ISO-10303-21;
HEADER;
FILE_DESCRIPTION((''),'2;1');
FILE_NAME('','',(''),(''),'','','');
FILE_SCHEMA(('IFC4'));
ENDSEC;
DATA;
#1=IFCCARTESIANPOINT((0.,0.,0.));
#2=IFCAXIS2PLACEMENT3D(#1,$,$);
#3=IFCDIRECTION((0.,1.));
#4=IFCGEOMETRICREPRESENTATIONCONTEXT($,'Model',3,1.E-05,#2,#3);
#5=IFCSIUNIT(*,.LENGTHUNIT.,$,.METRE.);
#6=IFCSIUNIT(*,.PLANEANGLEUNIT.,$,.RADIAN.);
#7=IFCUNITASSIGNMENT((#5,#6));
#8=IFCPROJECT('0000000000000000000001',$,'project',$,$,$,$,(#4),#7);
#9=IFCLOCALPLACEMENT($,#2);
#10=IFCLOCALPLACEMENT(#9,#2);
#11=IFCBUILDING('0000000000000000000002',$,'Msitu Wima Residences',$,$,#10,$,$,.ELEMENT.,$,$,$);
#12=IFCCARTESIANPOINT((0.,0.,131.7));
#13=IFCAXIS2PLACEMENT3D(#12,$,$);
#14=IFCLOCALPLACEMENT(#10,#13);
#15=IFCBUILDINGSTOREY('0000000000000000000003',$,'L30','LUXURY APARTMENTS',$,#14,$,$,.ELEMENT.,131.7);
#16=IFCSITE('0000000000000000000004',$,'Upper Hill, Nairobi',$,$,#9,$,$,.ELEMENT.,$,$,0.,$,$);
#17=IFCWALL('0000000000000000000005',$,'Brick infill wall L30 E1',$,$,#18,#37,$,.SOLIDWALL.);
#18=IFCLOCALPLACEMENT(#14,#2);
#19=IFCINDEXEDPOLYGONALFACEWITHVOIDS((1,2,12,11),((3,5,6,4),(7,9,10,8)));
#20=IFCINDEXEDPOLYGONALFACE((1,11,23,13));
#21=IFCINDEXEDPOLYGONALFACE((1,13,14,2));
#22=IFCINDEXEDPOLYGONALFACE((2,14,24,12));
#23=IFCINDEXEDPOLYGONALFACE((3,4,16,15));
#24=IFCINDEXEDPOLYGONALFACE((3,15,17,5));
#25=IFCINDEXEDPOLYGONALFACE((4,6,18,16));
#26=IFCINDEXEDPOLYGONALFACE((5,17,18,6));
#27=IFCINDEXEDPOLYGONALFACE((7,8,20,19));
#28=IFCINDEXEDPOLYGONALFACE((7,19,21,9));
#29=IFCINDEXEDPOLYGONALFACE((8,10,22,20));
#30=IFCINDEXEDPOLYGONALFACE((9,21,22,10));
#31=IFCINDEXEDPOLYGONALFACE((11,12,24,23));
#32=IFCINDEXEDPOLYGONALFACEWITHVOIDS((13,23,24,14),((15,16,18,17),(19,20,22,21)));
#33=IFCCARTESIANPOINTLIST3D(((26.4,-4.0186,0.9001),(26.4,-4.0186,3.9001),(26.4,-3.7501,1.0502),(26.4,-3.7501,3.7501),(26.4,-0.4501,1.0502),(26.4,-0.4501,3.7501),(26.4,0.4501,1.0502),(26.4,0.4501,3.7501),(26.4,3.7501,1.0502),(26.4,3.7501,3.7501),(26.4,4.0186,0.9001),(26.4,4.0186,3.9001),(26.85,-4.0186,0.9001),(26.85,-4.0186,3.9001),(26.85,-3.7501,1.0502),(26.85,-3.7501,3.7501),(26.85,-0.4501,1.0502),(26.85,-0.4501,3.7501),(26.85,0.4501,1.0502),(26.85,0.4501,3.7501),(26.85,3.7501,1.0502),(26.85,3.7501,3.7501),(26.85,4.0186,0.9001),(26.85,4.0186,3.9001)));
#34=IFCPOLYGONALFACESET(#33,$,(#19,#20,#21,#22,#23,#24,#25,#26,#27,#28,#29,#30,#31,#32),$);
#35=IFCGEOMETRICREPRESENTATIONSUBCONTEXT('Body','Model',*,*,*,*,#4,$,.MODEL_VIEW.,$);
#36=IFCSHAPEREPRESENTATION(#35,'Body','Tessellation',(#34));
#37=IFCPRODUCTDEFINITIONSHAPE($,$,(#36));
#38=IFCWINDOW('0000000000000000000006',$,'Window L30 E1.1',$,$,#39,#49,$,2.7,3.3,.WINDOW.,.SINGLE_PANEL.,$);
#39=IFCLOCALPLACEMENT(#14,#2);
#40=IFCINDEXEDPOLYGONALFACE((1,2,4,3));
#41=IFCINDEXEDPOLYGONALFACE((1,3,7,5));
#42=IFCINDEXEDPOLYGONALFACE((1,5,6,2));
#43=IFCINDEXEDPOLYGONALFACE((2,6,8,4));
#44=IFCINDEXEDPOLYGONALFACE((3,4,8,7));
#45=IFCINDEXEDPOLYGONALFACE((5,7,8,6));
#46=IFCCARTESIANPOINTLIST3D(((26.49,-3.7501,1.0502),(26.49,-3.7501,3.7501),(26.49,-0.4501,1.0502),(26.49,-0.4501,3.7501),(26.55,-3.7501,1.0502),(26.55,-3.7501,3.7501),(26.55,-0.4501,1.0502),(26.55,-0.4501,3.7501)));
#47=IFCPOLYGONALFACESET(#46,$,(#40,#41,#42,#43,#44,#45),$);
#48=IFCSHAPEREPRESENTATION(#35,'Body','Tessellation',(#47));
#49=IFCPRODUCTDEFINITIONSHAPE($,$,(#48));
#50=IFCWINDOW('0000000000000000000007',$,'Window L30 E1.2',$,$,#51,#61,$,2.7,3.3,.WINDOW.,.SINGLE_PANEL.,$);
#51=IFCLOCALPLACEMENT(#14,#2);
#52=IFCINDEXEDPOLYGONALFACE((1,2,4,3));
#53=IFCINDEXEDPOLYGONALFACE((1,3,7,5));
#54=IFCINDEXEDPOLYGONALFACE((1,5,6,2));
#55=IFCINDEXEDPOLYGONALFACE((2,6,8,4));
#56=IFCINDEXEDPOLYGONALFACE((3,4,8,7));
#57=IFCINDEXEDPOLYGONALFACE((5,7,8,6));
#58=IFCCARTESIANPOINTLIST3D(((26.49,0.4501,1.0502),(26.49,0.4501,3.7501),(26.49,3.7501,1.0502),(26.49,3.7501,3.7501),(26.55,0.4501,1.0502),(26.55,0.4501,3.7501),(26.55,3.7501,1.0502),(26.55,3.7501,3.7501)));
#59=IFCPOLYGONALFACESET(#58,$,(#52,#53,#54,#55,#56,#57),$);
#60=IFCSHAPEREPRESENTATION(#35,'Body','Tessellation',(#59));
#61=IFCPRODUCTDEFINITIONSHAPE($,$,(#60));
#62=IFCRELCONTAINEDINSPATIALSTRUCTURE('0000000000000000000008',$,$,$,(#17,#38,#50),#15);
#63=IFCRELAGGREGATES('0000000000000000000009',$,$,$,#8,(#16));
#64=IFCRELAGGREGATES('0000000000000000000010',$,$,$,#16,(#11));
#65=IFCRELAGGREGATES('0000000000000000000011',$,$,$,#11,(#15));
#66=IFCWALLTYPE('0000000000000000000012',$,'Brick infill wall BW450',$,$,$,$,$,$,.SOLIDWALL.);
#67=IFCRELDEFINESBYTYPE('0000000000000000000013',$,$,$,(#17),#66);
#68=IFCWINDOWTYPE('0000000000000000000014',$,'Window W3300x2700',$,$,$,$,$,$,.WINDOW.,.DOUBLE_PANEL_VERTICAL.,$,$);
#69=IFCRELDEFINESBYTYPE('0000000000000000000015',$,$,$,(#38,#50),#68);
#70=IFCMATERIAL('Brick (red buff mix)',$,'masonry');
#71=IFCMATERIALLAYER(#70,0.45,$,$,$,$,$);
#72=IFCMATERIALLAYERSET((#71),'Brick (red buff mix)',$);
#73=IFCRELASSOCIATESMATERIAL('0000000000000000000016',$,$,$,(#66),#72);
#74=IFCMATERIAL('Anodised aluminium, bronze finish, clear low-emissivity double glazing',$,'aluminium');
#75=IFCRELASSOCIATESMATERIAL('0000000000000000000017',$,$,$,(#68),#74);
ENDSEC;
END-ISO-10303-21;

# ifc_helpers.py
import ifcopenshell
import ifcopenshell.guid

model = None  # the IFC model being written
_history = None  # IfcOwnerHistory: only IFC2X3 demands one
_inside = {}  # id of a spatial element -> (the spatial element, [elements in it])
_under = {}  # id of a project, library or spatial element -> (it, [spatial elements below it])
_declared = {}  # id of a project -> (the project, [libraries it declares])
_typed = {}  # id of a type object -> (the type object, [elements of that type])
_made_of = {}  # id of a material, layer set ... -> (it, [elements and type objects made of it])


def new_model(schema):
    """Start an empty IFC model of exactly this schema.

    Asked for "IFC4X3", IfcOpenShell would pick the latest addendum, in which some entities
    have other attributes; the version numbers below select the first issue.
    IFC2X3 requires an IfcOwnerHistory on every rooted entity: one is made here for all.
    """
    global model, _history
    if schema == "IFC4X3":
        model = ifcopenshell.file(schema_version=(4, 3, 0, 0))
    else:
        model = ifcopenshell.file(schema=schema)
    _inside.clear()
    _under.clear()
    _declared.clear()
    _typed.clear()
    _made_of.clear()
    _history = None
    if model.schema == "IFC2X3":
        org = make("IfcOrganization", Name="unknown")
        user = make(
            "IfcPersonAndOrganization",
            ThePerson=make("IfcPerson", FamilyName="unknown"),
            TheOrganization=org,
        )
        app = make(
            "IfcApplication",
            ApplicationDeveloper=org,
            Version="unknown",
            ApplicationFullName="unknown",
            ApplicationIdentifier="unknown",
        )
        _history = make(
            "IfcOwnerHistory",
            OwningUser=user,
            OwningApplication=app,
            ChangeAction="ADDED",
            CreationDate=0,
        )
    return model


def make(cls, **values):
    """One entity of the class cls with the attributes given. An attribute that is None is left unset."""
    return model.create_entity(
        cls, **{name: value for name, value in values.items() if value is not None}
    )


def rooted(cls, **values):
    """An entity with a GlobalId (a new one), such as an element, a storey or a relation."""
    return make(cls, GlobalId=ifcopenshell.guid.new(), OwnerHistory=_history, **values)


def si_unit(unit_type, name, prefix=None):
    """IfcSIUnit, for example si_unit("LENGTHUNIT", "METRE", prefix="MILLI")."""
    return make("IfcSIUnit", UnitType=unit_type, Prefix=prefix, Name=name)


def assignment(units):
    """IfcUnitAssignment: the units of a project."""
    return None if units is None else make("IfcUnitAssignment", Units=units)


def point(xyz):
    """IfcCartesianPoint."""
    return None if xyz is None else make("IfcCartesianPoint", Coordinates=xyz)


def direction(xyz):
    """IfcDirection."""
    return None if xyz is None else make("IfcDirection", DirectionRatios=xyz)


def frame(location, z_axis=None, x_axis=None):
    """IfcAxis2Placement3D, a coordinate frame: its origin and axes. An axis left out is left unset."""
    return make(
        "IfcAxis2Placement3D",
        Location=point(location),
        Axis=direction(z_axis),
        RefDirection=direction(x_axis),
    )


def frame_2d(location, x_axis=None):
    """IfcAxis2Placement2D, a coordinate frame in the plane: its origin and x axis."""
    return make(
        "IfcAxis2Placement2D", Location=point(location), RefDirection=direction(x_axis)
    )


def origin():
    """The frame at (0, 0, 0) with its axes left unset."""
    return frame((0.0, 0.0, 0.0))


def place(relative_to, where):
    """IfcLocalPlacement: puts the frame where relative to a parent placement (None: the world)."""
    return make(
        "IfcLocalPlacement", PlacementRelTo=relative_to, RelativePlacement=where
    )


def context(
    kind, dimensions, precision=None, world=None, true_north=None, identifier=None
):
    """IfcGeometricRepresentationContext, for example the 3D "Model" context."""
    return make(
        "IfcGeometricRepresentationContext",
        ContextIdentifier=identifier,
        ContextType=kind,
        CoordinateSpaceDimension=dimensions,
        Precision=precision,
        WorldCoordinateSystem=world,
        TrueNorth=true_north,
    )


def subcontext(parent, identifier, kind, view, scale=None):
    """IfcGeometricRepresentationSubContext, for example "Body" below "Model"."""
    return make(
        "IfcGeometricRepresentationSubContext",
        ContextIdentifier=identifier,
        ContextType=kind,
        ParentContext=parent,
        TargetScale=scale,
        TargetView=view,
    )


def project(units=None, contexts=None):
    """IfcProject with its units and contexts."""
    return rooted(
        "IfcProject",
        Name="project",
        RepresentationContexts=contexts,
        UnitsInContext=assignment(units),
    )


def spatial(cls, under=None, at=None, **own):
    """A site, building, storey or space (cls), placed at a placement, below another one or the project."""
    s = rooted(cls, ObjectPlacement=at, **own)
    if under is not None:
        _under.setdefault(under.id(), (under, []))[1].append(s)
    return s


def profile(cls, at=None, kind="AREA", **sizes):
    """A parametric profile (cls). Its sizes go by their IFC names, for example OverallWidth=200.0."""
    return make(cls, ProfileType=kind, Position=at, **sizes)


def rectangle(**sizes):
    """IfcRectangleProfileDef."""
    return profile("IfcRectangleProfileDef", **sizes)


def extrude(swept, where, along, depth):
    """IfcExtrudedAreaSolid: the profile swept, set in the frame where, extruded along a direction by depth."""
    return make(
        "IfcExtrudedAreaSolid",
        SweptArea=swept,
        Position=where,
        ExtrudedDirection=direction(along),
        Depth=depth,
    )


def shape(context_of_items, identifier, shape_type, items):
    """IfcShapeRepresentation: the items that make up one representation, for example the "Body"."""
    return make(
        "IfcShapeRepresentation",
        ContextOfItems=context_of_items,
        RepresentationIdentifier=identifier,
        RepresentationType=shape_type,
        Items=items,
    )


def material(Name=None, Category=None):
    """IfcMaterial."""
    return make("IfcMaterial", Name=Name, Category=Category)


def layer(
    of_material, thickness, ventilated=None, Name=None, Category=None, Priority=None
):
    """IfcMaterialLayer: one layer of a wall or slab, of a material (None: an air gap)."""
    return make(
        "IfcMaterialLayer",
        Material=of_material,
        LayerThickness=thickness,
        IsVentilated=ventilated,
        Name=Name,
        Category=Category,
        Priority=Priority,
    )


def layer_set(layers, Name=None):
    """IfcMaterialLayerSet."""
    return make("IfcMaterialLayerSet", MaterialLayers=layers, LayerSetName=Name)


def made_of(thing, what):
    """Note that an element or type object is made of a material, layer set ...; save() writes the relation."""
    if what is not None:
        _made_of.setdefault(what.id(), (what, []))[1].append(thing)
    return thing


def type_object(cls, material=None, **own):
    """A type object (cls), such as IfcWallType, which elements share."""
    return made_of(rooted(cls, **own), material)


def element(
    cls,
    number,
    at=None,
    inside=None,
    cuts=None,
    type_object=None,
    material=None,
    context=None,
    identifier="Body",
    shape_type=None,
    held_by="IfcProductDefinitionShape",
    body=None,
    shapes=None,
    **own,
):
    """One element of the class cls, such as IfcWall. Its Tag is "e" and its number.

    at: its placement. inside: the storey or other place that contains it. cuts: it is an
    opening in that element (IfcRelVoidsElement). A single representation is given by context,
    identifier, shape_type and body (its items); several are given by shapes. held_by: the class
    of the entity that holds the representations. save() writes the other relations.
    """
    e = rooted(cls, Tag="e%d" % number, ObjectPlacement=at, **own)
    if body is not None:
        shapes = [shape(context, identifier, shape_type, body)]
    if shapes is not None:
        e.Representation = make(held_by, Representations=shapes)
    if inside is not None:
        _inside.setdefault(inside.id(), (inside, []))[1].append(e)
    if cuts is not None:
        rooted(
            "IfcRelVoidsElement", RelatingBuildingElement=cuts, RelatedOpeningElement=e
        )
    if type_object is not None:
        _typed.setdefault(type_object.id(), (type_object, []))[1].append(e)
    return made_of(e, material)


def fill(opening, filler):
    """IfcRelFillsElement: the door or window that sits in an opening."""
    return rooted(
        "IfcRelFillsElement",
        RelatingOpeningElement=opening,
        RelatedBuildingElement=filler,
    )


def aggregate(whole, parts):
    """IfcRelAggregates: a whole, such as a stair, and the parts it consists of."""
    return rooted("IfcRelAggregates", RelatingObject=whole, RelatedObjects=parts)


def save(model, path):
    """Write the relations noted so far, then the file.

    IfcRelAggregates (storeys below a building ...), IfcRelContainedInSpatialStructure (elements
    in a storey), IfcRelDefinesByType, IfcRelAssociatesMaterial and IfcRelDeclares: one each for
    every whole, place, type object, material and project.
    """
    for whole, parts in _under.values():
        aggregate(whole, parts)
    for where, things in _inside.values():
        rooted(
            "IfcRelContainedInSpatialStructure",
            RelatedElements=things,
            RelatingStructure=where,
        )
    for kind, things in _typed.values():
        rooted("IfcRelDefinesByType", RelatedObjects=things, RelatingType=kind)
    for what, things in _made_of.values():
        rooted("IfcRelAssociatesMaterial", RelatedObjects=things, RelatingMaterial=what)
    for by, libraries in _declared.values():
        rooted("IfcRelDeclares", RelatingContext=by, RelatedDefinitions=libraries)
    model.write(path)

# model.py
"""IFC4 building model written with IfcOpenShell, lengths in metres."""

from ifc_helpers import new_model, si_unit, direction, frame, frame_2d, origin, place, context, subcontext, project, spatial, rectangle, extrude, material, layer, layer_set, type_object, element, fill, save


model = new_model("IFC4")

# Units and contexts
model_context = context("Model", 3, precision=1e-05, world=origin(), true_north=direction((0.0, 1.0)))
body_context = subcontext(model_context, "Body", "Model", "MODEL_VIEW")
ifc_project = project(units=[si_unit("LENGTHUNIT", "METRE"), si_unit("PLANEANGLEUNIT", "RADIAN")], contexts=[model_context])

# Site, building, storey
site_placement = place(None, origin())
site = spatial("IfcSite", under=ifc_project, at=site_placement, Name="Upper Hill, Nairobi", CompositionType="ELEMENT", RefElevation=0.0)
building_placement = place(site_placement, origin())
building = spatial("IfcBuilding", under=site, at=building_placement, Name="Msitu Wima Residences", CompositionType="ELEMENT")
storey_placement = place(building_placement, frame((0.0, 0.0, 131.7)))
storey = spatial("IfcBuildingStorey", under=building, at=storey_placement, Name="L30", Description="LUXURY APARTMENTS", CompositionType="ELEMENT", Elevation=131.7)

# Shared definitions
ifc_material_1 = material(Name="Brick (red buff mix)", Category="masonry")
ifc_layer_1 = layer(ifc_material_1, 0.45)
ifc_layer_set_1 = layer_set([ifc_layer_1], Name="Brick (red buff mix)")
wall_type_1 = type_object("IfcWallType", Name="Brick infill wall BW450", PredefinedType="SOLIDWALL", material=ifc_layer_set_1)
ifc_material_2 = material(Name="Anodised aluminium, bronze finish, clear low-emissivity double glazing", Category="aluminium")
window_type = type_object("IfcWindowType", Name="Window W3300x2700", PartitioningType="DOUBLE_PANEL_VERTICAL", PredefinedType="WINDOW", material=ifc_material_2)

# Wall, openings, windows
wall_1_placement = place(storey_placement, frame((26.625, -4.0186, 0.9001), z_axis=(0.0, 0.0, 1.0), x_axis=(0.0, 1.0, 0.0)))
wall_1 = element("IfcWall", 1, at=wall_1_placement, inside=storey, type_object=wall_type_1, Name="Brick infill wall L30 E1", PredefinedType="SOLIDWALL", context=body_context, shape_type="SweptSolid", body=[
    extrude(rectangle(XDim=8.0371, YDim=0.45, at=frame_2d((4.0186, 0.0))), origin(), (0.0, 0.0, 1.0), 3.0),
])
opening_1_placement = place(wall_1_placement, frame((0.2686, 0.0, 0.1499)))
opening_1 = element("IfcOpeningElement", 2, at=opening_1_placement, cuts=wall_1, PredefinedType="OPENING", context=body_context, shape_type="SweptSolid", body=[
    extrude(rectangle(XDim=3.3, YDim=2.7, at=frame_2d((1.6499, 1.3501))), frame((0.0, 0.2349, 0.0), z_axis=(0.0, -1.0, 0.0), x_axis=(1.0, 0.0, 0.0)), (0.0, 0.0, 1.0), 0.47),
])
opening_2_placement = place(wall_1_placement, frame((4.4688, 0.0, 0.1499)))
opening_2 = element("IfcOpeningElement", 3, at=opening_2_placement, cuts=wall_1, PredefinedType="OPENING", context=body_context, shape_type="SweptSolid", body=[
    extrude(rectangle(XDim=3.3, YDim=2.7, at=frame_2d((1.6499, 1.3501))), frame((0.0, 0.2349, 0.0), z_axis=(0.0, -1.0, 0.0), x_axis=(1.0, 0.0, 0.0)), (0.0, 0.0, 1.0), 0.47),
])
window_1_placement = place(opening_1_placement, origin())
window_1 = element("IfcWindow", 4, at=window_1_placement, inside=storey, type_object=window_type, Name="Window L30 E1.1", OverallHeight=2.7, OverallWidth=3.3, PartitioningType="SINGLE_PANEL", PredefinedType="WINDOW", context=body_context, shape_type="SweptSolid", body=[
    extrude(rectangle(XDim=3.3, YDim=2.7, at=frame_2d((1.6499, 1.3501))), frame((0.0, 0.135, 0.0), z_axis=(0.0, -1.0, 0.0), x_axis=(1.0, 0.0, 0.0)), (0.0, 0.0, 1.0), 0.0601),
])
fill(opening_1, window_1)
window_2_placement = place(opening_2_placement, origin())
window_2 = element("IfcWindow", 5, at=window_2_placement, inside=storey, type_object=window_type, Name="Window L30 E1.2", OverallHeight=2.7, OverallWidth=3.3, PartitioningType="SINGLE_PANEL", PredefinedType="WINDOW", context=body_context, shape_type="SweptSolid", body=[
    extrude(rectangle(XDim=3.3, YDim=2.7, at=frame_2d((1.6499, 1.3501))), frame((0.0, 0.135, 0.0), z_axis=(0.0, -1.0, 0.0), x_axis=(1.0, 0.0, 0.0)), (0.0, 0.0, 1.0), 0.0601),
])
fill(opening_2, window_2)

save(model, "model.ifc")
